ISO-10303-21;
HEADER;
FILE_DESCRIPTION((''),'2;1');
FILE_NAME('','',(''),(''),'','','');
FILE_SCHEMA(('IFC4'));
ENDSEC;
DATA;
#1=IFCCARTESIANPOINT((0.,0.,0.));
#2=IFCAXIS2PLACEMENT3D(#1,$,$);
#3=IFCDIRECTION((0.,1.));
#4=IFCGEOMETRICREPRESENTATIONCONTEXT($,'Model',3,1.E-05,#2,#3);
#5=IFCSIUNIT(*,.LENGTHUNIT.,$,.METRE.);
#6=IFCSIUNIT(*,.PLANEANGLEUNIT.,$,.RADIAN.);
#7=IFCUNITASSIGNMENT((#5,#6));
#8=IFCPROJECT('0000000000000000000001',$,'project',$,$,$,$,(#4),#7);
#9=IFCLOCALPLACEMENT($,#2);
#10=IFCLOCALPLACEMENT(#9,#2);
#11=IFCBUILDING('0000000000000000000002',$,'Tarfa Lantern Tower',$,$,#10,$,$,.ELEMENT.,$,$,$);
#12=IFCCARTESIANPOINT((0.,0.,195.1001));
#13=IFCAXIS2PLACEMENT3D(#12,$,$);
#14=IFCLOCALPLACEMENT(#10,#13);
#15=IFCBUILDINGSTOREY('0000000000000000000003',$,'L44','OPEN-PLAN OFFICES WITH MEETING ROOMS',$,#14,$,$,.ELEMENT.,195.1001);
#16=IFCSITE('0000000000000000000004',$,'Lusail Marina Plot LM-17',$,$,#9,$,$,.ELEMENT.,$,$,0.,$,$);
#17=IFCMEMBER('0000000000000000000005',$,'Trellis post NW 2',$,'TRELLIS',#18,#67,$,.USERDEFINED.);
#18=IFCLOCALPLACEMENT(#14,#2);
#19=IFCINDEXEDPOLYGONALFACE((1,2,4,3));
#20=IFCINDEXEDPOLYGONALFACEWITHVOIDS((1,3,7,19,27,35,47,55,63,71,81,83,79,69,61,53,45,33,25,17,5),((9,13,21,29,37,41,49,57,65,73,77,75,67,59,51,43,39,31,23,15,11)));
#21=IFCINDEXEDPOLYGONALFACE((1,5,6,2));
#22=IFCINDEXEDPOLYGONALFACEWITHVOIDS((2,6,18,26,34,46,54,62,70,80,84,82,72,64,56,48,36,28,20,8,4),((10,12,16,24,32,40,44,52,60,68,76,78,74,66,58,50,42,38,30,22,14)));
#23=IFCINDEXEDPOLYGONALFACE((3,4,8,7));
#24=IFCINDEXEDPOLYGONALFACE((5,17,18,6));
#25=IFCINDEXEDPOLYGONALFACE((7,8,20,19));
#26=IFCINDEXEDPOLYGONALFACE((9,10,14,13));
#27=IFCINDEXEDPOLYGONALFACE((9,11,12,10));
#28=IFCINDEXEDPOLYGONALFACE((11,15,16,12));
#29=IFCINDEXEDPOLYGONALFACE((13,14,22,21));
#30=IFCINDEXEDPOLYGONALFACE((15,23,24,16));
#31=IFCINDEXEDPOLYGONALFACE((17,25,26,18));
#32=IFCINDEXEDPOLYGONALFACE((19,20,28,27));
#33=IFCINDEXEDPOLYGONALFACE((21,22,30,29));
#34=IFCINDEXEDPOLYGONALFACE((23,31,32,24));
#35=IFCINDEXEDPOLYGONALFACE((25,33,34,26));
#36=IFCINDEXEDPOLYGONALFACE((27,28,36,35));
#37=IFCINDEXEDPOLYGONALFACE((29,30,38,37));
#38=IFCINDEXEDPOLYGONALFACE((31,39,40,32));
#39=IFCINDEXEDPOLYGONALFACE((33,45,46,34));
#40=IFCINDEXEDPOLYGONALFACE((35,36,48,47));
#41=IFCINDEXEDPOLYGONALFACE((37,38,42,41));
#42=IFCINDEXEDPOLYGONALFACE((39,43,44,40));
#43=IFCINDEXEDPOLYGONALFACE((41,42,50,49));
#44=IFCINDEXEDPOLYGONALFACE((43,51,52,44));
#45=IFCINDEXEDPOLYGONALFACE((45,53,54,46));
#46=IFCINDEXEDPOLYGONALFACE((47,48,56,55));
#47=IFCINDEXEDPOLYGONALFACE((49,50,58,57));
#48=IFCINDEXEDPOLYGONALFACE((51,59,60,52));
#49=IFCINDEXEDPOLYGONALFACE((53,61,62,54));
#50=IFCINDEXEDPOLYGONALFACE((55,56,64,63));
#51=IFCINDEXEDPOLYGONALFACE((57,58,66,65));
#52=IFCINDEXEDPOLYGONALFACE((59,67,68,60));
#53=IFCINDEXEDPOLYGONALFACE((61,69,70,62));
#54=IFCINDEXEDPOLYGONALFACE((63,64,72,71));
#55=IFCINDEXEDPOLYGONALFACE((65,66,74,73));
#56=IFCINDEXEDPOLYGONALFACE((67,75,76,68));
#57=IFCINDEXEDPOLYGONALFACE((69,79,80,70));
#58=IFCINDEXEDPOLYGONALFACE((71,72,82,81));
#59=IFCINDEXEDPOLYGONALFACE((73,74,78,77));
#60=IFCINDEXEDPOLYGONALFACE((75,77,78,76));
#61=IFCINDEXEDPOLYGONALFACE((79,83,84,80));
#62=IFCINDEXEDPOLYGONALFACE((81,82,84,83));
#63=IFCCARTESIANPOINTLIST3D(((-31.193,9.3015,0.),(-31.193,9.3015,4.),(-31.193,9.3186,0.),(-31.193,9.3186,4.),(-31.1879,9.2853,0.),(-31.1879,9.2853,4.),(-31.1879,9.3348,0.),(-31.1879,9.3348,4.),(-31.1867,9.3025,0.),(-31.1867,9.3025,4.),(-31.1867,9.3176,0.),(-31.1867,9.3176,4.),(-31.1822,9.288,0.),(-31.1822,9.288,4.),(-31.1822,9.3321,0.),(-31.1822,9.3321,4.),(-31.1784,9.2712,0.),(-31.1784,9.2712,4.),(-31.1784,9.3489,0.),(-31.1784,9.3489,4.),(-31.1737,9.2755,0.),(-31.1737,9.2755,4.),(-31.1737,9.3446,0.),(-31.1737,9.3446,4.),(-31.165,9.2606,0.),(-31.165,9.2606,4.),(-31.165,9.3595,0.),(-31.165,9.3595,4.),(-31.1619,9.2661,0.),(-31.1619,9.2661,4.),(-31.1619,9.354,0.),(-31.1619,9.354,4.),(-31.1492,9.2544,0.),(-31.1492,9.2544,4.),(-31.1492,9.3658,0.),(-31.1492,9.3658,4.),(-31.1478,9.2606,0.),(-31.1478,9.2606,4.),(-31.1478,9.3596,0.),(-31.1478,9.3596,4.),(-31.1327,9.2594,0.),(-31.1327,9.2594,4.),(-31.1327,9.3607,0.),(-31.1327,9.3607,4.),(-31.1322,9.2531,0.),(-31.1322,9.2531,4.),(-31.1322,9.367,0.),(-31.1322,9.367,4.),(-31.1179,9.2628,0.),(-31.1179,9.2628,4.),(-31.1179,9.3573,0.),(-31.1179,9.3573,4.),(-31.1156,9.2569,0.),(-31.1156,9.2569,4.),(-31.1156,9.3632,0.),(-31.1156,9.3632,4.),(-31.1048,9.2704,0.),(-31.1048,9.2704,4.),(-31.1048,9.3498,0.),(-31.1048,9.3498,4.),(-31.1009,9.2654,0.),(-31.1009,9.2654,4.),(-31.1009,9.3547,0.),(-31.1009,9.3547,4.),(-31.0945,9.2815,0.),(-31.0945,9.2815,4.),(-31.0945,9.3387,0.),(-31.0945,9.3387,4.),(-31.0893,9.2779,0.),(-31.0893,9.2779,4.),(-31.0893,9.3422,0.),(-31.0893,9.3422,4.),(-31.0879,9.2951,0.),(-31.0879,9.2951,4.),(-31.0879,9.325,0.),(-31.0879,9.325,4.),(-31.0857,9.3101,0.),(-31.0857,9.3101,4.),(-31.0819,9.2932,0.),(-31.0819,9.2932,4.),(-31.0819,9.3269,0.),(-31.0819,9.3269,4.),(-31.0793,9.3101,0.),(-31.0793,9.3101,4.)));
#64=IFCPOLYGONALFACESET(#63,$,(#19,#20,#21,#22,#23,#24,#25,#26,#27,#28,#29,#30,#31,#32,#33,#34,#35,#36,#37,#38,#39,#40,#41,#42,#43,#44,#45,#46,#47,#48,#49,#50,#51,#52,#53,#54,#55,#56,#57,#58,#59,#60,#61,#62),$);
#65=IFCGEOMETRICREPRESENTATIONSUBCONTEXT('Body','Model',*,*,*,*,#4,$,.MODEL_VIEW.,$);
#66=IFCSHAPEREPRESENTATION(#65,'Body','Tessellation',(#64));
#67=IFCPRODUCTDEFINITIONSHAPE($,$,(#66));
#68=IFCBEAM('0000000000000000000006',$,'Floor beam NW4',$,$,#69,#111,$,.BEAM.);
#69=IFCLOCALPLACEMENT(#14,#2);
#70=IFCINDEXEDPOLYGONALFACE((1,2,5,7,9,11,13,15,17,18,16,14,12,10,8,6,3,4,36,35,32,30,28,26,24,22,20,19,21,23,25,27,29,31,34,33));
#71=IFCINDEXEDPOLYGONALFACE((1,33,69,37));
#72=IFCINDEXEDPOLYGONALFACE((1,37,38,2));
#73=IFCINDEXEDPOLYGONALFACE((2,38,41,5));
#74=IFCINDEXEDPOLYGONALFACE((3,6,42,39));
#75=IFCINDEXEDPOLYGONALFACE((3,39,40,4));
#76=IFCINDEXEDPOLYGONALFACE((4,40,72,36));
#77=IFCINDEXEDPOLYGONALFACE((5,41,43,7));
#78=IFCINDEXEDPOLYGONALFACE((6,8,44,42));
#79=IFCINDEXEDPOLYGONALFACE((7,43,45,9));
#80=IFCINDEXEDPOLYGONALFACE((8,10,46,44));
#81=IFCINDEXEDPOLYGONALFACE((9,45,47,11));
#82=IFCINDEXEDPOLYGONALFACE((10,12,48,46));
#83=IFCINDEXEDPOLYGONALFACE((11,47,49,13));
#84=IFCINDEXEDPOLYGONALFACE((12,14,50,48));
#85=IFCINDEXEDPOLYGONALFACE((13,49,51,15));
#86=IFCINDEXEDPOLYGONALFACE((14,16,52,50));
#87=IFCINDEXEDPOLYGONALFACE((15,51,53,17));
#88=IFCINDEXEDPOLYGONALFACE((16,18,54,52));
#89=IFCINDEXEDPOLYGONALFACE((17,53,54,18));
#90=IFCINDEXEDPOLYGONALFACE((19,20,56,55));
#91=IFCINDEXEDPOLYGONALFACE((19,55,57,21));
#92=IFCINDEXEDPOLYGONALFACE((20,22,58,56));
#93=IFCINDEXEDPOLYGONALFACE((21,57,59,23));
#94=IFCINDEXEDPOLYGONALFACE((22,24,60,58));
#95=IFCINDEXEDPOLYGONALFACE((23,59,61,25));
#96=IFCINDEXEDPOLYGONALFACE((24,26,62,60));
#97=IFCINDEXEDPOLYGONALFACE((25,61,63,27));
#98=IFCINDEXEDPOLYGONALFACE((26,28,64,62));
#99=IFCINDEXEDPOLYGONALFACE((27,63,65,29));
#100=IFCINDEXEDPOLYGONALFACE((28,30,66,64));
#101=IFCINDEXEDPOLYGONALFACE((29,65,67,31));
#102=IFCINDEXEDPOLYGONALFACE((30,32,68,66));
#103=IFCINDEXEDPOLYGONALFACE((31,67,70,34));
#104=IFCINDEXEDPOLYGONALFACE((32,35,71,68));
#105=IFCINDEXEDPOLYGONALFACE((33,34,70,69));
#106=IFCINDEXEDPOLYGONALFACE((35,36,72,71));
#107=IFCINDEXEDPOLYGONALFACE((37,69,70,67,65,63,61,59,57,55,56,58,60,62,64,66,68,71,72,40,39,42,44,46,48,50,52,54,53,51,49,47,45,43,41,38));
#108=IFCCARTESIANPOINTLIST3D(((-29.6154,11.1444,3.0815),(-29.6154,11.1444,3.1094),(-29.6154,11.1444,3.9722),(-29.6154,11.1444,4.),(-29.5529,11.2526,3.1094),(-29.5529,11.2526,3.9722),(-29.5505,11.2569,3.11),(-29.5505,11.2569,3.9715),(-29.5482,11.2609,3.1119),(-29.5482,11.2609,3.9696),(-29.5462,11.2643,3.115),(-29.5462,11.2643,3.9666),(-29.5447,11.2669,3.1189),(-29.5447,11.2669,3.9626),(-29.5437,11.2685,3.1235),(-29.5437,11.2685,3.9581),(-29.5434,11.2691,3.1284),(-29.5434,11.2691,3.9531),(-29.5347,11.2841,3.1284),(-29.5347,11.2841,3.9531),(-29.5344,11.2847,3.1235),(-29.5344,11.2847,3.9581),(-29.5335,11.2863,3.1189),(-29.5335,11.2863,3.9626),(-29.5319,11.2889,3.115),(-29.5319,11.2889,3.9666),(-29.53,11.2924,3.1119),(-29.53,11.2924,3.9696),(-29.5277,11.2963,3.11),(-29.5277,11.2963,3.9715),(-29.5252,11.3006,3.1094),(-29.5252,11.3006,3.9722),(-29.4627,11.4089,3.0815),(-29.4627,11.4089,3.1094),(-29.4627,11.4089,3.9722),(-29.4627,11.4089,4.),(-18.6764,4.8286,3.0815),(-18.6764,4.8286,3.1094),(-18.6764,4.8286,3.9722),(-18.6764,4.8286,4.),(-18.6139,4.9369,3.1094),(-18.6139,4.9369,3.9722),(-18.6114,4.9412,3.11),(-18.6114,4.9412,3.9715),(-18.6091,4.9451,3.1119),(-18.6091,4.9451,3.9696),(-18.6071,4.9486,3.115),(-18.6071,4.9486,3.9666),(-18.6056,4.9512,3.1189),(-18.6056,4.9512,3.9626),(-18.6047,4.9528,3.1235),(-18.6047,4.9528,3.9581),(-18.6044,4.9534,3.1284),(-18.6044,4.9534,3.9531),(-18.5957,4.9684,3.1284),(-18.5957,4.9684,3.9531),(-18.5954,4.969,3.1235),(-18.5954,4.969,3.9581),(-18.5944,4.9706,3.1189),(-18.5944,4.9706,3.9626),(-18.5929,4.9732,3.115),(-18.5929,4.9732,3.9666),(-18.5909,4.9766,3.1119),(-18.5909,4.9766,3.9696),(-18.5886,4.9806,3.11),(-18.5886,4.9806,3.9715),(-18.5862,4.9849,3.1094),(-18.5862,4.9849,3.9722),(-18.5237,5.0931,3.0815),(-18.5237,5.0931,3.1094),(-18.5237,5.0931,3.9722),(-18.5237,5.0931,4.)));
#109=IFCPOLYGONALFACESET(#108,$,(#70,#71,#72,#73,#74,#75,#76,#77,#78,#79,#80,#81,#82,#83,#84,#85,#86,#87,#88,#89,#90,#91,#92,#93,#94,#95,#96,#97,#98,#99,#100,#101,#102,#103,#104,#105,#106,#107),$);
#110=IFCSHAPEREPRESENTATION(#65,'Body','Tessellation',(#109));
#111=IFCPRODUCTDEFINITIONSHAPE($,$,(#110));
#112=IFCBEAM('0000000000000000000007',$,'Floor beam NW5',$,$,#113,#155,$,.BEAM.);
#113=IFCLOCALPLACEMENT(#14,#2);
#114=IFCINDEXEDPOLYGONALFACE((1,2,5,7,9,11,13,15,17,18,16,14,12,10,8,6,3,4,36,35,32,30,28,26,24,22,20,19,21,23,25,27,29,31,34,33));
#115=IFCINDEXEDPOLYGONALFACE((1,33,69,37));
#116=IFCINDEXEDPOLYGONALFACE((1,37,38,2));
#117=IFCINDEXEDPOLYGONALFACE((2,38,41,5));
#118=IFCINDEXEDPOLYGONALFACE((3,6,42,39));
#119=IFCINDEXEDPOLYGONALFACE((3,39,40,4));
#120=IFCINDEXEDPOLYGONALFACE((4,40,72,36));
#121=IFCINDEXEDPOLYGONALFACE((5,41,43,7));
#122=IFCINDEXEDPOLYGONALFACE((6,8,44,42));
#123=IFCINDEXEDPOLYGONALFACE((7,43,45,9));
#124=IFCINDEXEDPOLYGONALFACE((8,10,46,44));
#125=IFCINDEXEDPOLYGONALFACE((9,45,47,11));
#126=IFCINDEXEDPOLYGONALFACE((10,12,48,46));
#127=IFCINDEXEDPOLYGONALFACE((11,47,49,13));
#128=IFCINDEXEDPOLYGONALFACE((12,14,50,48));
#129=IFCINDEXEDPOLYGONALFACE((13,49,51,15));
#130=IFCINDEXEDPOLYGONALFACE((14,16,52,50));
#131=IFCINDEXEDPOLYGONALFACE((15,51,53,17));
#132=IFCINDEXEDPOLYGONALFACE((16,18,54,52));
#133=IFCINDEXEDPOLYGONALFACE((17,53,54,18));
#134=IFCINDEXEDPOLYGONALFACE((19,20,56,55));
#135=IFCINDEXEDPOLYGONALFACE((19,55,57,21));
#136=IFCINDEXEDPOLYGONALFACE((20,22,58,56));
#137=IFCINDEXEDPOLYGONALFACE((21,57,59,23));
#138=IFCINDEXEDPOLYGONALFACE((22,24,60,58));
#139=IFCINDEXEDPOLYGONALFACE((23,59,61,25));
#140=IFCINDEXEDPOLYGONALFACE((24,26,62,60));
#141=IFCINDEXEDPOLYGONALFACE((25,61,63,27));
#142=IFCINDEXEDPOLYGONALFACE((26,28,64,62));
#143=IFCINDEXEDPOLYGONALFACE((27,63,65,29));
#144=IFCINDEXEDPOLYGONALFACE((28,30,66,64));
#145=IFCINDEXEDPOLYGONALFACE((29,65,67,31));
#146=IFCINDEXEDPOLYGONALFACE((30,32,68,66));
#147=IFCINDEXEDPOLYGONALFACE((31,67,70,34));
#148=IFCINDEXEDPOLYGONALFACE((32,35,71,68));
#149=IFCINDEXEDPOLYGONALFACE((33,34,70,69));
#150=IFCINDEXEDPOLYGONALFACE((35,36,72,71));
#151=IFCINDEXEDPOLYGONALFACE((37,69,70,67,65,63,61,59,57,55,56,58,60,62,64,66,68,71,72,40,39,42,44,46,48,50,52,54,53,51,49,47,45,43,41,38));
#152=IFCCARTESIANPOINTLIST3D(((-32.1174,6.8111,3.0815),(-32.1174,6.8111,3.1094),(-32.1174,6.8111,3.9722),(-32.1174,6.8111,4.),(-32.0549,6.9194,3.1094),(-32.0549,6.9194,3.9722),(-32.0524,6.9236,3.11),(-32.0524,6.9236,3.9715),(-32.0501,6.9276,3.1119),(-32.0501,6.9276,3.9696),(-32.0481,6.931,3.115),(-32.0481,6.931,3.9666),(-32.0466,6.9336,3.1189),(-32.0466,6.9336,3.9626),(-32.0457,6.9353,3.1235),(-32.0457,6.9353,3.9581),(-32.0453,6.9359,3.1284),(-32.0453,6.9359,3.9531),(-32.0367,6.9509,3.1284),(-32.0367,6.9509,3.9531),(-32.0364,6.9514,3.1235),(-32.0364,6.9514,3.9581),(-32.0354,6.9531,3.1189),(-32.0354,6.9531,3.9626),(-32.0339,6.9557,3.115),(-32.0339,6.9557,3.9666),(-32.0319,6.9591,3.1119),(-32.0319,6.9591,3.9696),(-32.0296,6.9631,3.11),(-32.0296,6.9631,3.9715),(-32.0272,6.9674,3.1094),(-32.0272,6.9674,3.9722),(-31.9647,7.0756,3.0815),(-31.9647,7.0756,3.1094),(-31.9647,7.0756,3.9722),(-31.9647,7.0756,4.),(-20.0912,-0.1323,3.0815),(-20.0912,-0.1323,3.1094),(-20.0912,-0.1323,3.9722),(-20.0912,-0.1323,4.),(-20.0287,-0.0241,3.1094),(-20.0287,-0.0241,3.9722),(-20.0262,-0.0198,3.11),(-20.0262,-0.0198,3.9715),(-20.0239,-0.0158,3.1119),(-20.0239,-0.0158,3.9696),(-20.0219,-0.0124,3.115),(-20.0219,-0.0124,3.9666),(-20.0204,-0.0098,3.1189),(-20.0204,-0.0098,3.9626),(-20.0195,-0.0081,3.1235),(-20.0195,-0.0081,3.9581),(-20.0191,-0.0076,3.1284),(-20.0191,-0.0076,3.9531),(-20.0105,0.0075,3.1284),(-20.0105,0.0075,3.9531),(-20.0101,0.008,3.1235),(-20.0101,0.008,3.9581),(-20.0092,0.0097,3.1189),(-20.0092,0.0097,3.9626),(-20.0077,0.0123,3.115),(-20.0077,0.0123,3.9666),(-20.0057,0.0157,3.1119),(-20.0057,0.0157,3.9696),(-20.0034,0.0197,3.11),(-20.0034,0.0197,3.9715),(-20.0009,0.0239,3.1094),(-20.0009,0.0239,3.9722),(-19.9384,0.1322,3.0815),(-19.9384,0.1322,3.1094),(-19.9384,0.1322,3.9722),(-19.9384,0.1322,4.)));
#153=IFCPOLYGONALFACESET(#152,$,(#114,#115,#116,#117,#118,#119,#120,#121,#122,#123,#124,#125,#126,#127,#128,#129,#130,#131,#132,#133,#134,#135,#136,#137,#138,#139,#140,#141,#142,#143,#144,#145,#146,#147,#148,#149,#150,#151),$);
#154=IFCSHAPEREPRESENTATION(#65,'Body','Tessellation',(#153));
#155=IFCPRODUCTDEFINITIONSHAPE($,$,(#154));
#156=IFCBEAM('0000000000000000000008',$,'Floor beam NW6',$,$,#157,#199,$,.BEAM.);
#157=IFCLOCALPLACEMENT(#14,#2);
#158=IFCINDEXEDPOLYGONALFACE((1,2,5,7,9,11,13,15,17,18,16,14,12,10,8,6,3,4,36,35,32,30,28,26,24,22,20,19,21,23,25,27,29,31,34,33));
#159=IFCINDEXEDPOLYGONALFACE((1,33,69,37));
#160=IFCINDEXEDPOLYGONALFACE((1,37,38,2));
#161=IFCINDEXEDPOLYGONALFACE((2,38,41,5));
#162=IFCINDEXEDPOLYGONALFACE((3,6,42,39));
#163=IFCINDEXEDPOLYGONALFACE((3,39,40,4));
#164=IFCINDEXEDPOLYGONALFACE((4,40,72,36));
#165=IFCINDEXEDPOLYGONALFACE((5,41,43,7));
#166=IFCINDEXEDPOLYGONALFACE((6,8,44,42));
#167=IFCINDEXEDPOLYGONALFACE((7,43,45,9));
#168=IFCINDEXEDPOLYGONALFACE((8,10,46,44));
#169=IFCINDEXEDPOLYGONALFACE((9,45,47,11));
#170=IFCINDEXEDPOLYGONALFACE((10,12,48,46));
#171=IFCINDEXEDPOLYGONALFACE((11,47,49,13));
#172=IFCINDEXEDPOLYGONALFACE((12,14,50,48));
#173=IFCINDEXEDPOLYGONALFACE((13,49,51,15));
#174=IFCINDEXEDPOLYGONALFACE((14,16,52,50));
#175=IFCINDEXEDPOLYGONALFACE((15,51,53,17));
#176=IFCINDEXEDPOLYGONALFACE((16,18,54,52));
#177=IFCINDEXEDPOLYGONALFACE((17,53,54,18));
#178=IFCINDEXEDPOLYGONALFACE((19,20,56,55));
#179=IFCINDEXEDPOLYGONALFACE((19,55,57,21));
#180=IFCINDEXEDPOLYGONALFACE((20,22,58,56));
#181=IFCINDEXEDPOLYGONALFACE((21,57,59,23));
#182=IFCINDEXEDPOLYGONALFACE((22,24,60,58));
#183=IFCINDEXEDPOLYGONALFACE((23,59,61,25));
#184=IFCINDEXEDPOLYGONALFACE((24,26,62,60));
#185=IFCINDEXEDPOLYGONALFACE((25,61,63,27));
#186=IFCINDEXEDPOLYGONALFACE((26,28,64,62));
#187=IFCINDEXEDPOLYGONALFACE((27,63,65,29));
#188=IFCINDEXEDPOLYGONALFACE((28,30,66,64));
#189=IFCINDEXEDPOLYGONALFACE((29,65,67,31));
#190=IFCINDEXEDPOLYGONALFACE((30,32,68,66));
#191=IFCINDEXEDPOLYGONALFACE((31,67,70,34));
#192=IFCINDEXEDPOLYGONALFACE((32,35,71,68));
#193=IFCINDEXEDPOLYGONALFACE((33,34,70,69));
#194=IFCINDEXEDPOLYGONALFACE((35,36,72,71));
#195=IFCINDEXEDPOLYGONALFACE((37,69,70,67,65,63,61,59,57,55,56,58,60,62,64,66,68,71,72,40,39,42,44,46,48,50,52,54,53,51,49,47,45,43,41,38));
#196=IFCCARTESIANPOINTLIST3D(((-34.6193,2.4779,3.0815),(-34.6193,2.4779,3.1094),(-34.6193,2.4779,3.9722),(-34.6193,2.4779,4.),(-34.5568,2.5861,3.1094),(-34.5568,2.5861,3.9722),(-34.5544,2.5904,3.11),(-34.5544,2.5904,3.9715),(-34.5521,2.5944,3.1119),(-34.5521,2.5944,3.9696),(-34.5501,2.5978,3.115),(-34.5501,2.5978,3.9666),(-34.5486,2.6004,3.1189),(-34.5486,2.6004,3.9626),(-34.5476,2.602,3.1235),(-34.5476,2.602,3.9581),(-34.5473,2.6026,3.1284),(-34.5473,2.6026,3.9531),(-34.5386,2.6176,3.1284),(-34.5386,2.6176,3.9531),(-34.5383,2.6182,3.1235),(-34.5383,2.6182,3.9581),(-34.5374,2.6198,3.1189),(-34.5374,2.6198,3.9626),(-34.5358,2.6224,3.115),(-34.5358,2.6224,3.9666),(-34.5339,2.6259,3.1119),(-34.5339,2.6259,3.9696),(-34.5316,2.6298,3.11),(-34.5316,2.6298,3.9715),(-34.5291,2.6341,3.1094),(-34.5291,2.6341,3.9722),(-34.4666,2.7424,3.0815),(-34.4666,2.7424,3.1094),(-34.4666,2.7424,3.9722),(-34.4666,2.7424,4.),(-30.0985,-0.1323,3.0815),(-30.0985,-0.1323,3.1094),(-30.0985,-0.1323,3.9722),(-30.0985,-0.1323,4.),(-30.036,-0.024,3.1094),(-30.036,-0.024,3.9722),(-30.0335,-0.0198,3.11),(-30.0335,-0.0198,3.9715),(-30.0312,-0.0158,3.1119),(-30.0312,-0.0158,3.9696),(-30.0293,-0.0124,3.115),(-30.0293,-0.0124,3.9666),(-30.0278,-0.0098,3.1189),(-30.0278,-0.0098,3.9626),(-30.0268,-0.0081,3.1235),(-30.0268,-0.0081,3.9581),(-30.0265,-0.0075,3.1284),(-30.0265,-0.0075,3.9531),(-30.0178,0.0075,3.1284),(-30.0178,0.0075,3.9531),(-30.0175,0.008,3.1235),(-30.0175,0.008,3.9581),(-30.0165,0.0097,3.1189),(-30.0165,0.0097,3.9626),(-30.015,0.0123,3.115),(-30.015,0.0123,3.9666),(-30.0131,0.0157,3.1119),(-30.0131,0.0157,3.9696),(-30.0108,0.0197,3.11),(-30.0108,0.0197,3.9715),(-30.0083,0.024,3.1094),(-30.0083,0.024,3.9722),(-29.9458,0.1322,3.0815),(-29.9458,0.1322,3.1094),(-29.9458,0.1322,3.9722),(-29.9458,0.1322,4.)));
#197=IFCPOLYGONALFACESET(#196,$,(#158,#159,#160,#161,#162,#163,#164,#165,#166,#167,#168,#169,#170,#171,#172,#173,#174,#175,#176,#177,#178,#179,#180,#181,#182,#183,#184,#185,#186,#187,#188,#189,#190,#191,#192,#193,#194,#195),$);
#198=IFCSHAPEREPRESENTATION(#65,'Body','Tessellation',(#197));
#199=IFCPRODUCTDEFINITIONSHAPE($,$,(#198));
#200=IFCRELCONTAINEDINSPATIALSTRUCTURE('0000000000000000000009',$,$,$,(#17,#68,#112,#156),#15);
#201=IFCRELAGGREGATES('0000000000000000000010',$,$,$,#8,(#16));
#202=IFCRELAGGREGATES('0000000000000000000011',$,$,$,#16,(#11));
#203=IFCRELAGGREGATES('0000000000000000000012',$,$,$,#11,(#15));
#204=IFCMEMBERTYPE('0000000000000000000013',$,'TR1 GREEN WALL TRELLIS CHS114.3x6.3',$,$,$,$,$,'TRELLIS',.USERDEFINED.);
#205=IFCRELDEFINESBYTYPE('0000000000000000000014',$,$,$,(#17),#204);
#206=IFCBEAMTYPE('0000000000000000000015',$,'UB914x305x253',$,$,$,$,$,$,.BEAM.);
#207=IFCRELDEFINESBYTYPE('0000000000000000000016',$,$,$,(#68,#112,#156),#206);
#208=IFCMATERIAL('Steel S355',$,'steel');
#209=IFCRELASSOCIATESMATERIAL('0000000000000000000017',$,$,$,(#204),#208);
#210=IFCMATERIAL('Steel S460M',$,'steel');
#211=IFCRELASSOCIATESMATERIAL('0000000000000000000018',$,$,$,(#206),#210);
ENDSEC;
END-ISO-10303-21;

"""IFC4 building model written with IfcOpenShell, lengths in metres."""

from ifc_helpers import new_model, si_unit, direction, frame, origin, origin_2d, place, context, subcontext, project, spatial, hollow_circle, i_section, extrude, material, material_profile, profile_set, type_object, element, save


model = new_model("IFC4")

# Units and contexts
model_context = context("Model", 3, precision=1e-05, world=origin(), true_north=direction((0.0, 1.0)))
body_context = subcontext(model_context, "Body", "Model", "MODEL_VIEW")
ifc_project = project(units=[si_unit("LENGTHUNIT", "METRE"), si_unit("PLANEANGLEUNIT", "RADIAN")], contexts=[model_context])

# Site, building, storey
site_placement = place(None, origin())
site = spatial("IfcSite", under=ifc_project, at=site_placement, Name="Lusail Marina Plot LM-17", CompositionType="ELEMENT", RefElevation=0.0)
building_placement = place(site_placement, origin())
building = spatial("IfcBuilding", under=site, at=building_placement, Name="Tarfa Lantern Tower", CompositionType="ELEMENT")
storey_placement = place(building_placement, frame((0.0, 0.0, 195.1001)))
storey = spatial("IfcBuildingStorey", under=building, at=storey_placement, Name="L44", Description="OPEN-PLAN OFFICES WITH MEETING ROOMS", CompositionType="ELEMENT", Elevation=195.1001)

# Member
ifc_material_1 = material(Name="Steel S355", Category="steel")
ifc_material_profile_1 = material_profile(ifc_material_1, hollow_circle(Radius=0.0571, WallThickness=0.0063, at=origin_2d()), Name="CHS114.3x6.3")
ifc_profile_set_1 = profile_set([ifc_material_profile_1], Name="Steel S355")
member_type_1 = type_object("IfcMemberType", Name="TR1 GREEN WALL TRELLIS CHS114.3x6.3", ElementType="TRELLIS", PredefinedType="USERDEFINED", material=ifc_profile_set_1)
member_1_placement = place(storey_placement, frame((-31.1365, 9.3101, 0.0), z_axis=(0.0, 0.0, 1.0), x_axis=(1.0, 0.0, 0.0)))
element("IfcMember", 1, at=member_1_placement, inside=storey, type_object=member_type_1, Name="Trellis post NW 2", ObjectType="TRELLIS", PredefinedType="USERDEFINED", context=body_context, shape_type="SweptSolid", body=[
    extrude(hollow_circle(Radius=0.0571, WallThickness=0.0063, at=origin_2d()), origin(), (0.0, 0.0, 1.0), 4.0),
])

# Beams
ifc_material_2 = material(Name="Steel S460M", Category="steel")
ifc_material_profile_2 = material_profile(ifc_material_2, i_section(OverallWidth=0.3054, OverallDepth=0.9185, WebThickness=0.0173, FlangeThickness=0.0278, FilletRadius=0.019, at=origin_2d()), Name="UB914x305x253")
ifc_profile_set_2 = profile_set([ifc_material_profile_2], Name="Steel S460M")
beam_type_1 = type_object("IfcBeamType", Name="UB914x305x253", PredefinedType="BEAM", material=ifc_profile_set_2)
beam_1_placement = place(storey_placement, frame((-29.5391, 11.2766, 3.5408), z_axis=(0.866023, -0.500004, 0.0), x_axis=(0.500004, 0.866023, 0.0)))
element("IfcBeam", 2, at=beam_1_placement, inside=storey, type_object=beam_type_1, Name="Floor beam NW4", PredefinedType="BEAM", context=body_context, shape_type="SweptSolid", body=[
    extrude(i_section(OverallWidth=0.3054, OverallDepth=0.9185, WebThickness=0.0173, FlangeThickness=0.0278, FilletRadius=0.019, at=origin_2d()), origin(), (0.0, 0.0, 1.0), 12.6313),
])
beam_2_placement = place(storey_placement, frame((-32.041, 6.9434, 3.5408), z_axis=(0.866023, -0.500004, 0.0), x_axis=(0.500004, 0.866023, 0.0)))
element("IfcBeam", 3, at=beam_2_placement, inside=storey, type_object=beam_type_1, Name="Floor beam NW5", PredefinedType="BEAM", context=body_context, shape_type="SweptSolid", body=[
    extrude(i_section(OverallWidth=0.3054, OverallDepth=0.9185, WebThickness=0.0173, FlangeThickness=0.0278, FilletRadius=0.019, at=origin_2d()), origin(), (0.0, 0.0, 1.0), 13.8867),
])
beam_3_placement = place(storey_placement, frame((-34.543, 2.6101, 3.5408), z_axis=(0.866021, -0.500007, 0.0), x_axis=(0.500007, 0.866021, 0.0)))
element("IfcBeam", 4, at=beam_3_placement, inside=storey, type_object=beam_type_1, Name="Floor beam NW6", PredefinedType="BEAM", context=body_context, shape_type="SweptSolid", body=[
    extrude(i_section(OverallWidth=0.3054, OverallDepth=0.9185, WebThickness=0.0173, FlangeThickness=0.0278, FilletRadius=0.019, at=origin_2d()), origin(), (0.0, 0.0, 1.0), 5.2202),
])

save(model, "model.ifc")
